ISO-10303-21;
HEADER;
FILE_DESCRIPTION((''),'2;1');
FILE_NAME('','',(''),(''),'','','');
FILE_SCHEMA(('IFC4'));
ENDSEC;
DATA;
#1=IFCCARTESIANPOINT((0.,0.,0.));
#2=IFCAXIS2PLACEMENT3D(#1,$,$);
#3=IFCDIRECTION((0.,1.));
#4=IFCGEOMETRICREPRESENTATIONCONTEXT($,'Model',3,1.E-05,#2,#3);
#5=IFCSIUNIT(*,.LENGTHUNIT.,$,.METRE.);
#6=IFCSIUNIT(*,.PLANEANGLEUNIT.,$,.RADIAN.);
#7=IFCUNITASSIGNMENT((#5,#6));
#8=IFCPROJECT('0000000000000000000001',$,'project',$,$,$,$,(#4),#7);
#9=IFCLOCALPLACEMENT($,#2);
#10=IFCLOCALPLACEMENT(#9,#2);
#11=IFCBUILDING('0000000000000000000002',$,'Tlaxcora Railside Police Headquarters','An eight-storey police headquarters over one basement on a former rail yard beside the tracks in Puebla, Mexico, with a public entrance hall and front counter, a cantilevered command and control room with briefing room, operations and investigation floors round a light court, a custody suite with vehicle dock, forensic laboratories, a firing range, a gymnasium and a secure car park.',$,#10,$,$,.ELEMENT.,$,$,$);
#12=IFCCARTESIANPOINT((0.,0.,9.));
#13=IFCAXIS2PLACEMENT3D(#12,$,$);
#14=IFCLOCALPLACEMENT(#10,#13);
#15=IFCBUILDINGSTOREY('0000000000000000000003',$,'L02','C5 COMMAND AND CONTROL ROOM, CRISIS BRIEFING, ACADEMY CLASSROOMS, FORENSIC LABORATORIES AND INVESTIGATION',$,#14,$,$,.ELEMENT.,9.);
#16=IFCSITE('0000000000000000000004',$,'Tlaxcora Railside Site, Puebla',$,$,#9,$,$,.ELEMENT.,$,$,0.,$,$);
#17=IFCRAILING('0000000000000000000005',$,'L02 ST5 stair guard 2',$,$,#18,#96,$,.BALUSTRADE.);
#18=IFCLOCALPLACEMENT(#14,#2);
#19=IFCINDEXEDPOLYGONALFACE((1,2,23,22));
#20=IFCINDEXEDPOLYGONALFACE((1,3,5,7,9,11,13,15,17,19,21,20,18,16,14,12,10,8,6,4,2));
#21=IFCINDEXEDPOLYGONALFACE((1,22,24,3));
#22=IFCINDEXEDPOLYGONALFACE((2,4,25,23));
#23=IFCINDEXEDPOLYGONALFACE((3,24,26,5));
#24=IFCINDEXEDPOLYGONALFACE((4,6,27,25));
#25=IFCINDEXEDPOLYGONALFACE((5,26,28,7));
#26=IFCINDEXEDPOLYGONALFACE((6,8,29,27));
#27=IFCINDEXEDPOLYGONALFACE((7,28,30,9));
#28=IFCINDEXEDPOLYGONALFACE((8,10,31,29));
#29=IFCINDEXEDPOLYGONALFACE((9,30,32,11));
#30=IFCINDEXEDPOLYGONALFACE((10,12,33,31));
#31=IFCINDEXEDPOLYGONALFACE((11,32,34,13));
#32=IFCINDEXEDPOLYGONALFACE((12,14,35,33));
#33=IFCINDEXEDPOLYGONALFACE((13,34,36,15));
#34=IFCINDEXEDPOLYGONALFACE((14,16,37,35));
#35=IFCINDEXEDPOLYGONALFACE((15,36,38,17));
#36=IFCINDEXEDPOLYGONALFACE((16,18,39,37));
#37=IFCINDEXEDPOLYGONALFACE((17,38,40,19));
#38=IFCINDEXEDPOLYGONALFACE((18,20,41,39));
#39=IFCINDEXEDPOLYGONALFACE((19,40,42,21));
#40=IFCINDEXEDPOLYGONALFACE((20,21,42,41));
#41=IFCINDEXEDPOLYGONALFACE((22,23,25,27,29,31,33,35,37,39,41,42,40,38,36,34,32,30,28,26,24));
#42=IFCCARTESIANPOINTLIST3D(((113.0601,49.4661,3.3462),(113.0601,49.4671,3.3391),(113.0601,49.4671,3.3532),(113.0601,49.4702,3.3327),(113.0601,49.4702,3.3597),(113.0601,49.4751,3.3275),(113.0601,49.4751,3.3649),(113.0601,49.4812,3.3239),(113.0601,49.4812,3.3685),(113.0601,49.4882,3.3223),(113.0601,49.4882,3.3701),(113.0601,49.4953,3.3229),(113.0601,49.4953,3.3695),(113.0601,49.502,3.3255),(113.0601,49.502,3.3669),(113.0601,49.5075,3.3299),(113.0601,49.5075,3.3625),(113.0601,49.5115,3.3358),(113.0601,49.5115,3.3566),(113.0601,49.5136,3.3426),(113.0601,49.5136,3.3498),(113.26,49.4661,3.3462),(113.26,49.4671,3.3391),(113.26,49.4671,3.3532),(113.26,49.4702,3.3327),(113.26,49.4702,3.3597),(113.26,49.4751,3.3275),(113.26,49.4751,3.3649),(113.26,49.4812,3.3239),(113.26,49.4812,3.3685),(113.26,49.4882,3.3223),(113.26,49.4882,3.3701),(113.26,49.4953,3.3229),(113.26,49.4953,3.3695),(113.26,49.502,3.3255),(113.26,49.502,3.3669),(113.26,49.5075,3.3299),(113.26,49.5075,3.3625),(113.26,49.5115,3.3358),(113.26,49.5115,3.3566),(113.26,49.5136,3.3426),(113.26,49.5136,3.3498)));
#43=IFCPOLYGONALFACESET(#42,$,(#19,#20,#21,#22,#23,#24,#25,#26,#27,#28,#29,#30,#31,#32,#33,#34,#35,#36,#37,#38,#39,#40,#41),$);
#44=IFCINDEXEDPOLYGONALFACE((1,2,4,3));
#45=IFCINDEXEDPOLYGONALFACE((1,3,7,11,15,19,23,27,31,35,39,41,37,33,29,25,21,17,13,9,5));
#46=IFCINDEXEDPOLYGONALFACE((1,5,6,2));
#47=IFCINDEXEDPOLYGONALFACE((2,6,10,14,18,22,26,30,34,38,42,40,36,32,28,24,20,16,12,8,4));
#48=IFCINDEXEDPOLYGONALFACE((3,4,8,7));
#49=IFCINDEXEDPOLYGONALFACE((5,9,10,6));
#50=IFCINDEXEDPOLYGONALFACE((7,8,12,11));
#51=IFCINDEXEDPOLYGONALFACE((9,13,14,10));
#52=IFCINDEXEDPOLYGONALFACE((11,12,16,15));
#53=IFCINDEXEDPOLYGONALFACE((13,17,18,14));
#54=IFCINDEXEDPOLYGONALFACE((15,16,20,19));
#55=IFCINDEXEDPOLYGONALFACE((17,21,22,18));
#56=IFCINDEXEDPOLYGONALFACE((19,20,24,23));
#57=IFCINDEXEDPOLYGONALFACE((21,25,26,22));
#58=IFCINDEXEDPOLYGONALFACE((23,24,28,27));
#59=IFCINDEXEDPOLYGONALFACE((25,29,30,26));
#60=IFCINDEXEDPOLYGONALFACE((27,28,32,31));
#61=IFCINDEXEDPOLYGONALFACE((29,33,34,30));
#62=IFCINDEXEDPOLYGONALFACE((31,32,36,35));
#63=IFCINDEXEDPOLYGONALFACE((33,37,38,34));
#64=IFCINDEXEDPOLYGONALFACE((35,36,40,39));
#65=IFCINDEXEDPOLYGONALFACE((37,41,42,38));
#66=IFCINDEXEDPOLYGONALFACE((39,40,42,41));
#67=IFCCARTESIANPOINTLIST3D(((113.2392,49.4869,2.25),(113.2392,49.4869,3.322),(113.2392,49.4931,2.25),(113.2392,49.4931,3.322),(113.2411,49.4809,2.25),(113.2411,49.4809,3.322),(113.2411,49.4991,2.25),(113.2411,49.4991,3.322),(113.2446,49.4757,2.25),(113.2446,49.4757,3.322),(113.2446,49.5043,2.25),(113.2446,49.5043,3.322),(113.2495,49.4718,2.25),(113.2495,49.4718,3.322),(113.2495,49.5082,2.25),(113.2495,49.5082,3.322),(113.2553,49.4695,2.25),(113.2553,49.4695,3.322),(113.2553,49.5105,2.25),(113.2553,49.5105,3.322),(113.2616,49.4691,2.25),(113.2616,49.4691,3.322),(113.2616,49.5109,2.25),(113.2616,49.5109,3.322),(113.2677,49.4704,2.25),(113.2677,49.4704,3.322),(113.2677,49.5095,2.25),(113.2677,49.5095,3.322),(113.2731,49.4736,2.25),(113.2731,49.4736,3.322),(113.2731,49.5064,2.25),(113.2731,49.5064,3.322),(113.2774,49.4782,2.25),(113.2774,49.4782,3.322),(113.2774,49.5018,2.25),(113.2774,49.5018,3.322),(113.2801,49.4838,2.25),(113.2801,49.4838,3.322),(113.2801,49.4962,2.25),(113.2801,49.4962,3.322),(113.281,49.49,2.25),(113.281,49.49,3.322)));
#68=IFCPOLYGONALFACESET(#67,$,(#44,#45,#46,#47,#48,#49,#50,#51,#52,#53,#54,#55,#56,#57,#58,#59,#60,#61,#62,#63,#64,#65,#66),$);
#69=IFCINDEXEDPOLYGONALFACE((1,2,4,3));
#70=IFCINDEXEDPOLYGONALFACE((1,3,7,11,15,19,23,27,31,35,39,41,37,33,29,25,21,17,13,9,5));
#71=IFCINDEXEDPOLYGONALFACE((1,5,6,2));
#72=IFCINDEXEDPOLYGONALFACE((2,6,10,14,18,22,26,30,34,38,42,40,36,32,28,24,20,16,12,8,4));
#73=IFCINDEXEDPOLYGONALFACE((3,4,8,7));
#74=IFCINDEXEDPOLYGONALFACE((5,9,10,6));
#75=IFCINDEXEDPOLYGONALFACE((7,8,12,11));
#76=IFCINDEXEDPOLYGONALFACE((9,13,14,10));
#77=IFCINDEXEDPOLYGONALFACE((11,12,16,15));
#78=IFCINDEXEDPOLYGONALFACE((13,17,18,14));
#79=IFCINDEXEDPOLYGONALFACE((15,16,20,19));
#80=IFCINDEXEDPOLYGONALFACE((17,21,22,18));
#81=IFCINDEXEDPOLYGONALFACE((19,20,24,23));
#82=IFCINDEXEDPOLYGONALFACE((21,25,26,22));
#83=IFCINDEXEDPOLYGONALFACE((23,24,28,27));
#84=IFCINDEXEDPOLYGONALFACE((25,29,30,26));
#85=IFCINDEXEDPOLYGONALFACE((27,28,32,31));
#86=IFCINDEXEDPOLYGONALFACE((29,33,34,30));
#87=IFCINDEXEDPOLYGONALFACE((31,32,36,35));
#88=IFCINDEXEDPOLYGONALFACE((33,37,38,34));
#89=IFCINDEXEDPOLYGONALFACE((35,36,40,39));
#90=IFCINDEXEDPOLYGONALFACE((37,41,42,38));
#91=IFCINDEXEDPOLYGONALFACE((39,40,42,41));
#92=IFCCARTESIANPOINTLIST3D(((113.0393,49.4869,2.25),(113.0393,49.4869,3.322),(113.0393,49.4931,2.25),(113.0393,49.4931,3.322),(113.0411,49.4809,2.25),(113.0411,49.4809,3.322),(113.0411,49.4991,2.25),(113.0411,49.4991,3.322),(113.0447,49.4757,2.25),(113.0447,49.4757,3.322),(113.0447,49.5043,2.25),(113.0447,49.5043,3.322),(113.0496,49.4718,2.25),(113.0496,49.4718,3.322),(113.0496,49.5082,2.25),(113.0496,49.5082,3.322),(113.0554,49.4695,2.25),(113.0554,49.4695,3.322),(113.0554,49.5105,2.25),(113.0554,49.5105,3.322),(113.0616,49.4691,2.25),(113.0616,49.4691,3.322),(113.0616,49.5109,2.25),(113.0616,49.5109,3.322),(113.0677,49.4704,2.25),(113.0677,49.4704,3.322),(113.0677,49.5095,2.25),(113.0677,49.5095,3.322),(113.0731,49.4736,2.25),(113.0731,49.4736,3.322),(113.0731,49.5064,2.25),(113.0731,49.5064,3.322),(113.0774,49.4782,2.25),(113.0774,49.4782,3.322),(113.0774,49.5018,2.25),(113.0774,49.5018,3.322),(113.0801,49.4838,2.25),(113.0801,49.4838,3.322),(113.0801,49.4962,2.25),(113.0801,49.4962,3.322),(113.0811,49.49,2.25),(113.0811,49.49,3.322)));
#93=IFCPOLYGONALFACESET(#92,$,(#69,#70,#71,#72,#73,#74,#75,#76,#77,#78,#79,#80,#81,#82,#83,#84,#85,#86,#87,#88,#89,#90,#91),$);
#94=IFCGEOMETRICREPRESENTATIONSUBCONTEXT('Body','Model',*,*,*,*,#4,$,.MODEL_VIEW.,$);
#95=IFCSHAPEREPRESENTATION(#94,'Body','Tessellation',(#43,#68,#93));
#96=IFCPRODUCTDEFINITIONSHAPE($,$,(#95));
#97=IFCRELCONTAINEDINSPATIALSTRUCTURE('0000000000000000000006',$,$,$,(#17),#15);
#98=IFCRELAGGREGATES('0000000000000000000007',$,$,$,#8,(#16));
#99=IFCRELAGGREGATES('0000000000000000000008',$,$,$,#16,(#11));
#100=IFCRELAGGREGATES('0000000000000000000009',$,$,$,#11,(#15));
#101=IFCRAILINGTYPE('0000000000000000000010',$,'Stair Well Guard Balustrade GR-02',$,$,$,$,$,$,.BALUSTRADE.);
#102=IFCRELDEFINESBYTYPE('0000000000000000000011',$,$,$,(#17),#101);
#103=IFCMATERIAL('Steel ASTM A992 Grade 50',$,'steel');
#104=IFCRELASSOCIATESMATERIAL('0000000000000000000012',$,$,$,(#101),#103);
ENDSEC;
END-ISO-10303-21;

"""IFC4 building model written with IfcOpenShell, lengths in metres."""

from ifc_helpers import new_model, si_unit, direction, frame, origin, origin_2d, place, context, subcontext, project, spatial, circle, extrude, material, type_object, element, save


model = new_model("IFC4")

# Units and contexts
model_context = context("Model", 3, precision=1e-05, world=origin(), true_north=direction((0.0, 1.0)))
body_context = subcontext(model_context, "Body", "Model", "MODEL_VIEW")
ifc_project = project(units=[si_unit("LENGTHUNIT", "METRE"), si_unit("PLANEANGLEUNIT", "RADIAN")], contexts=[model_context])

# Site, building, storey
site_placement = place(None, origin())
site = spatial("IfcSite", under=ifc_project, at=site_placement, Name="Tlaxcora Railside Site, Puebla", CompositionType="ELEMENT", RefElevation=0.0)
building_placement = place(site_placement, origin())
building = spatial("IfcBuilding", under=site, at=building_placement, Name="Tlaxcora Railside Police Headquarters", Description="An eight-storey police headquarters over one basement on a former rail yard beside the tracks in Puebla, Mexico, with a public entrance hall and front counter, a cantilevered command and control room with briefing room, operations and investigation floors round a light court, a custody suite with vehicle dock, forensic laboratories, a firing range, a gymnasium and a secure car park.", CompositionType="ELEMENT")
storey_placement = place(building_placement, frame((0.0, 0.0, 9.0)))
storey = spatial("IfcBuildingStorey", under=building, at=storey_placement, Name="L02", Description="C5 COMMAND AND CONTROL ROOM, CRISIS BRIEFING, ACADEMY CLASSROOMS, FORENSIC LABORATORIES AND INVESTIGATION", CompositionType="ELEMENT", Elevation=9.0)

# Shared definitions
ifc_material_1 = material(Name="Steel ASTM A992 Grade 50", Category="steel")

# Railing
railing_type_1 = type_object("IfcRailingType", Name="Stair Well Guard Balustrade GR-02", PredefinedType="BALUSTRADE", material=ifc_material_1)
railing_1_placement = place(storey_placement, frame((113.26, 49.49, 2.25)))
element("IfcRailing", 1, at=railing_1_placement, inside=storey, type_object=railing_type_1, Name="L02 ST5 stair guard 2", PredefinedType="BALUSTRADE", context=body_context, shape_type="SweptSolid", body=[
    extrude(circle(Radius=0.0239, at=origin_2d()), frame((0.0, 0.0, 1.0962), z_axis=(-1.0, 0.0, 0.0), x_axis=(0.0, -1.0, 0.0)), (0.0, 0.0, 1.0), 0.2),
    extrude(circle(Radius=0.021, at=origin_2d()), origin(), (0.0, 0.0, 1.0), 1.072),
    extrude(circle(Radius=0.021, at=origin_2d()), frame((-0.2, 0.0, 0.0)), (0.0, 0.0, 1.0), 1.072),
])

save(model, "model.ifc")
